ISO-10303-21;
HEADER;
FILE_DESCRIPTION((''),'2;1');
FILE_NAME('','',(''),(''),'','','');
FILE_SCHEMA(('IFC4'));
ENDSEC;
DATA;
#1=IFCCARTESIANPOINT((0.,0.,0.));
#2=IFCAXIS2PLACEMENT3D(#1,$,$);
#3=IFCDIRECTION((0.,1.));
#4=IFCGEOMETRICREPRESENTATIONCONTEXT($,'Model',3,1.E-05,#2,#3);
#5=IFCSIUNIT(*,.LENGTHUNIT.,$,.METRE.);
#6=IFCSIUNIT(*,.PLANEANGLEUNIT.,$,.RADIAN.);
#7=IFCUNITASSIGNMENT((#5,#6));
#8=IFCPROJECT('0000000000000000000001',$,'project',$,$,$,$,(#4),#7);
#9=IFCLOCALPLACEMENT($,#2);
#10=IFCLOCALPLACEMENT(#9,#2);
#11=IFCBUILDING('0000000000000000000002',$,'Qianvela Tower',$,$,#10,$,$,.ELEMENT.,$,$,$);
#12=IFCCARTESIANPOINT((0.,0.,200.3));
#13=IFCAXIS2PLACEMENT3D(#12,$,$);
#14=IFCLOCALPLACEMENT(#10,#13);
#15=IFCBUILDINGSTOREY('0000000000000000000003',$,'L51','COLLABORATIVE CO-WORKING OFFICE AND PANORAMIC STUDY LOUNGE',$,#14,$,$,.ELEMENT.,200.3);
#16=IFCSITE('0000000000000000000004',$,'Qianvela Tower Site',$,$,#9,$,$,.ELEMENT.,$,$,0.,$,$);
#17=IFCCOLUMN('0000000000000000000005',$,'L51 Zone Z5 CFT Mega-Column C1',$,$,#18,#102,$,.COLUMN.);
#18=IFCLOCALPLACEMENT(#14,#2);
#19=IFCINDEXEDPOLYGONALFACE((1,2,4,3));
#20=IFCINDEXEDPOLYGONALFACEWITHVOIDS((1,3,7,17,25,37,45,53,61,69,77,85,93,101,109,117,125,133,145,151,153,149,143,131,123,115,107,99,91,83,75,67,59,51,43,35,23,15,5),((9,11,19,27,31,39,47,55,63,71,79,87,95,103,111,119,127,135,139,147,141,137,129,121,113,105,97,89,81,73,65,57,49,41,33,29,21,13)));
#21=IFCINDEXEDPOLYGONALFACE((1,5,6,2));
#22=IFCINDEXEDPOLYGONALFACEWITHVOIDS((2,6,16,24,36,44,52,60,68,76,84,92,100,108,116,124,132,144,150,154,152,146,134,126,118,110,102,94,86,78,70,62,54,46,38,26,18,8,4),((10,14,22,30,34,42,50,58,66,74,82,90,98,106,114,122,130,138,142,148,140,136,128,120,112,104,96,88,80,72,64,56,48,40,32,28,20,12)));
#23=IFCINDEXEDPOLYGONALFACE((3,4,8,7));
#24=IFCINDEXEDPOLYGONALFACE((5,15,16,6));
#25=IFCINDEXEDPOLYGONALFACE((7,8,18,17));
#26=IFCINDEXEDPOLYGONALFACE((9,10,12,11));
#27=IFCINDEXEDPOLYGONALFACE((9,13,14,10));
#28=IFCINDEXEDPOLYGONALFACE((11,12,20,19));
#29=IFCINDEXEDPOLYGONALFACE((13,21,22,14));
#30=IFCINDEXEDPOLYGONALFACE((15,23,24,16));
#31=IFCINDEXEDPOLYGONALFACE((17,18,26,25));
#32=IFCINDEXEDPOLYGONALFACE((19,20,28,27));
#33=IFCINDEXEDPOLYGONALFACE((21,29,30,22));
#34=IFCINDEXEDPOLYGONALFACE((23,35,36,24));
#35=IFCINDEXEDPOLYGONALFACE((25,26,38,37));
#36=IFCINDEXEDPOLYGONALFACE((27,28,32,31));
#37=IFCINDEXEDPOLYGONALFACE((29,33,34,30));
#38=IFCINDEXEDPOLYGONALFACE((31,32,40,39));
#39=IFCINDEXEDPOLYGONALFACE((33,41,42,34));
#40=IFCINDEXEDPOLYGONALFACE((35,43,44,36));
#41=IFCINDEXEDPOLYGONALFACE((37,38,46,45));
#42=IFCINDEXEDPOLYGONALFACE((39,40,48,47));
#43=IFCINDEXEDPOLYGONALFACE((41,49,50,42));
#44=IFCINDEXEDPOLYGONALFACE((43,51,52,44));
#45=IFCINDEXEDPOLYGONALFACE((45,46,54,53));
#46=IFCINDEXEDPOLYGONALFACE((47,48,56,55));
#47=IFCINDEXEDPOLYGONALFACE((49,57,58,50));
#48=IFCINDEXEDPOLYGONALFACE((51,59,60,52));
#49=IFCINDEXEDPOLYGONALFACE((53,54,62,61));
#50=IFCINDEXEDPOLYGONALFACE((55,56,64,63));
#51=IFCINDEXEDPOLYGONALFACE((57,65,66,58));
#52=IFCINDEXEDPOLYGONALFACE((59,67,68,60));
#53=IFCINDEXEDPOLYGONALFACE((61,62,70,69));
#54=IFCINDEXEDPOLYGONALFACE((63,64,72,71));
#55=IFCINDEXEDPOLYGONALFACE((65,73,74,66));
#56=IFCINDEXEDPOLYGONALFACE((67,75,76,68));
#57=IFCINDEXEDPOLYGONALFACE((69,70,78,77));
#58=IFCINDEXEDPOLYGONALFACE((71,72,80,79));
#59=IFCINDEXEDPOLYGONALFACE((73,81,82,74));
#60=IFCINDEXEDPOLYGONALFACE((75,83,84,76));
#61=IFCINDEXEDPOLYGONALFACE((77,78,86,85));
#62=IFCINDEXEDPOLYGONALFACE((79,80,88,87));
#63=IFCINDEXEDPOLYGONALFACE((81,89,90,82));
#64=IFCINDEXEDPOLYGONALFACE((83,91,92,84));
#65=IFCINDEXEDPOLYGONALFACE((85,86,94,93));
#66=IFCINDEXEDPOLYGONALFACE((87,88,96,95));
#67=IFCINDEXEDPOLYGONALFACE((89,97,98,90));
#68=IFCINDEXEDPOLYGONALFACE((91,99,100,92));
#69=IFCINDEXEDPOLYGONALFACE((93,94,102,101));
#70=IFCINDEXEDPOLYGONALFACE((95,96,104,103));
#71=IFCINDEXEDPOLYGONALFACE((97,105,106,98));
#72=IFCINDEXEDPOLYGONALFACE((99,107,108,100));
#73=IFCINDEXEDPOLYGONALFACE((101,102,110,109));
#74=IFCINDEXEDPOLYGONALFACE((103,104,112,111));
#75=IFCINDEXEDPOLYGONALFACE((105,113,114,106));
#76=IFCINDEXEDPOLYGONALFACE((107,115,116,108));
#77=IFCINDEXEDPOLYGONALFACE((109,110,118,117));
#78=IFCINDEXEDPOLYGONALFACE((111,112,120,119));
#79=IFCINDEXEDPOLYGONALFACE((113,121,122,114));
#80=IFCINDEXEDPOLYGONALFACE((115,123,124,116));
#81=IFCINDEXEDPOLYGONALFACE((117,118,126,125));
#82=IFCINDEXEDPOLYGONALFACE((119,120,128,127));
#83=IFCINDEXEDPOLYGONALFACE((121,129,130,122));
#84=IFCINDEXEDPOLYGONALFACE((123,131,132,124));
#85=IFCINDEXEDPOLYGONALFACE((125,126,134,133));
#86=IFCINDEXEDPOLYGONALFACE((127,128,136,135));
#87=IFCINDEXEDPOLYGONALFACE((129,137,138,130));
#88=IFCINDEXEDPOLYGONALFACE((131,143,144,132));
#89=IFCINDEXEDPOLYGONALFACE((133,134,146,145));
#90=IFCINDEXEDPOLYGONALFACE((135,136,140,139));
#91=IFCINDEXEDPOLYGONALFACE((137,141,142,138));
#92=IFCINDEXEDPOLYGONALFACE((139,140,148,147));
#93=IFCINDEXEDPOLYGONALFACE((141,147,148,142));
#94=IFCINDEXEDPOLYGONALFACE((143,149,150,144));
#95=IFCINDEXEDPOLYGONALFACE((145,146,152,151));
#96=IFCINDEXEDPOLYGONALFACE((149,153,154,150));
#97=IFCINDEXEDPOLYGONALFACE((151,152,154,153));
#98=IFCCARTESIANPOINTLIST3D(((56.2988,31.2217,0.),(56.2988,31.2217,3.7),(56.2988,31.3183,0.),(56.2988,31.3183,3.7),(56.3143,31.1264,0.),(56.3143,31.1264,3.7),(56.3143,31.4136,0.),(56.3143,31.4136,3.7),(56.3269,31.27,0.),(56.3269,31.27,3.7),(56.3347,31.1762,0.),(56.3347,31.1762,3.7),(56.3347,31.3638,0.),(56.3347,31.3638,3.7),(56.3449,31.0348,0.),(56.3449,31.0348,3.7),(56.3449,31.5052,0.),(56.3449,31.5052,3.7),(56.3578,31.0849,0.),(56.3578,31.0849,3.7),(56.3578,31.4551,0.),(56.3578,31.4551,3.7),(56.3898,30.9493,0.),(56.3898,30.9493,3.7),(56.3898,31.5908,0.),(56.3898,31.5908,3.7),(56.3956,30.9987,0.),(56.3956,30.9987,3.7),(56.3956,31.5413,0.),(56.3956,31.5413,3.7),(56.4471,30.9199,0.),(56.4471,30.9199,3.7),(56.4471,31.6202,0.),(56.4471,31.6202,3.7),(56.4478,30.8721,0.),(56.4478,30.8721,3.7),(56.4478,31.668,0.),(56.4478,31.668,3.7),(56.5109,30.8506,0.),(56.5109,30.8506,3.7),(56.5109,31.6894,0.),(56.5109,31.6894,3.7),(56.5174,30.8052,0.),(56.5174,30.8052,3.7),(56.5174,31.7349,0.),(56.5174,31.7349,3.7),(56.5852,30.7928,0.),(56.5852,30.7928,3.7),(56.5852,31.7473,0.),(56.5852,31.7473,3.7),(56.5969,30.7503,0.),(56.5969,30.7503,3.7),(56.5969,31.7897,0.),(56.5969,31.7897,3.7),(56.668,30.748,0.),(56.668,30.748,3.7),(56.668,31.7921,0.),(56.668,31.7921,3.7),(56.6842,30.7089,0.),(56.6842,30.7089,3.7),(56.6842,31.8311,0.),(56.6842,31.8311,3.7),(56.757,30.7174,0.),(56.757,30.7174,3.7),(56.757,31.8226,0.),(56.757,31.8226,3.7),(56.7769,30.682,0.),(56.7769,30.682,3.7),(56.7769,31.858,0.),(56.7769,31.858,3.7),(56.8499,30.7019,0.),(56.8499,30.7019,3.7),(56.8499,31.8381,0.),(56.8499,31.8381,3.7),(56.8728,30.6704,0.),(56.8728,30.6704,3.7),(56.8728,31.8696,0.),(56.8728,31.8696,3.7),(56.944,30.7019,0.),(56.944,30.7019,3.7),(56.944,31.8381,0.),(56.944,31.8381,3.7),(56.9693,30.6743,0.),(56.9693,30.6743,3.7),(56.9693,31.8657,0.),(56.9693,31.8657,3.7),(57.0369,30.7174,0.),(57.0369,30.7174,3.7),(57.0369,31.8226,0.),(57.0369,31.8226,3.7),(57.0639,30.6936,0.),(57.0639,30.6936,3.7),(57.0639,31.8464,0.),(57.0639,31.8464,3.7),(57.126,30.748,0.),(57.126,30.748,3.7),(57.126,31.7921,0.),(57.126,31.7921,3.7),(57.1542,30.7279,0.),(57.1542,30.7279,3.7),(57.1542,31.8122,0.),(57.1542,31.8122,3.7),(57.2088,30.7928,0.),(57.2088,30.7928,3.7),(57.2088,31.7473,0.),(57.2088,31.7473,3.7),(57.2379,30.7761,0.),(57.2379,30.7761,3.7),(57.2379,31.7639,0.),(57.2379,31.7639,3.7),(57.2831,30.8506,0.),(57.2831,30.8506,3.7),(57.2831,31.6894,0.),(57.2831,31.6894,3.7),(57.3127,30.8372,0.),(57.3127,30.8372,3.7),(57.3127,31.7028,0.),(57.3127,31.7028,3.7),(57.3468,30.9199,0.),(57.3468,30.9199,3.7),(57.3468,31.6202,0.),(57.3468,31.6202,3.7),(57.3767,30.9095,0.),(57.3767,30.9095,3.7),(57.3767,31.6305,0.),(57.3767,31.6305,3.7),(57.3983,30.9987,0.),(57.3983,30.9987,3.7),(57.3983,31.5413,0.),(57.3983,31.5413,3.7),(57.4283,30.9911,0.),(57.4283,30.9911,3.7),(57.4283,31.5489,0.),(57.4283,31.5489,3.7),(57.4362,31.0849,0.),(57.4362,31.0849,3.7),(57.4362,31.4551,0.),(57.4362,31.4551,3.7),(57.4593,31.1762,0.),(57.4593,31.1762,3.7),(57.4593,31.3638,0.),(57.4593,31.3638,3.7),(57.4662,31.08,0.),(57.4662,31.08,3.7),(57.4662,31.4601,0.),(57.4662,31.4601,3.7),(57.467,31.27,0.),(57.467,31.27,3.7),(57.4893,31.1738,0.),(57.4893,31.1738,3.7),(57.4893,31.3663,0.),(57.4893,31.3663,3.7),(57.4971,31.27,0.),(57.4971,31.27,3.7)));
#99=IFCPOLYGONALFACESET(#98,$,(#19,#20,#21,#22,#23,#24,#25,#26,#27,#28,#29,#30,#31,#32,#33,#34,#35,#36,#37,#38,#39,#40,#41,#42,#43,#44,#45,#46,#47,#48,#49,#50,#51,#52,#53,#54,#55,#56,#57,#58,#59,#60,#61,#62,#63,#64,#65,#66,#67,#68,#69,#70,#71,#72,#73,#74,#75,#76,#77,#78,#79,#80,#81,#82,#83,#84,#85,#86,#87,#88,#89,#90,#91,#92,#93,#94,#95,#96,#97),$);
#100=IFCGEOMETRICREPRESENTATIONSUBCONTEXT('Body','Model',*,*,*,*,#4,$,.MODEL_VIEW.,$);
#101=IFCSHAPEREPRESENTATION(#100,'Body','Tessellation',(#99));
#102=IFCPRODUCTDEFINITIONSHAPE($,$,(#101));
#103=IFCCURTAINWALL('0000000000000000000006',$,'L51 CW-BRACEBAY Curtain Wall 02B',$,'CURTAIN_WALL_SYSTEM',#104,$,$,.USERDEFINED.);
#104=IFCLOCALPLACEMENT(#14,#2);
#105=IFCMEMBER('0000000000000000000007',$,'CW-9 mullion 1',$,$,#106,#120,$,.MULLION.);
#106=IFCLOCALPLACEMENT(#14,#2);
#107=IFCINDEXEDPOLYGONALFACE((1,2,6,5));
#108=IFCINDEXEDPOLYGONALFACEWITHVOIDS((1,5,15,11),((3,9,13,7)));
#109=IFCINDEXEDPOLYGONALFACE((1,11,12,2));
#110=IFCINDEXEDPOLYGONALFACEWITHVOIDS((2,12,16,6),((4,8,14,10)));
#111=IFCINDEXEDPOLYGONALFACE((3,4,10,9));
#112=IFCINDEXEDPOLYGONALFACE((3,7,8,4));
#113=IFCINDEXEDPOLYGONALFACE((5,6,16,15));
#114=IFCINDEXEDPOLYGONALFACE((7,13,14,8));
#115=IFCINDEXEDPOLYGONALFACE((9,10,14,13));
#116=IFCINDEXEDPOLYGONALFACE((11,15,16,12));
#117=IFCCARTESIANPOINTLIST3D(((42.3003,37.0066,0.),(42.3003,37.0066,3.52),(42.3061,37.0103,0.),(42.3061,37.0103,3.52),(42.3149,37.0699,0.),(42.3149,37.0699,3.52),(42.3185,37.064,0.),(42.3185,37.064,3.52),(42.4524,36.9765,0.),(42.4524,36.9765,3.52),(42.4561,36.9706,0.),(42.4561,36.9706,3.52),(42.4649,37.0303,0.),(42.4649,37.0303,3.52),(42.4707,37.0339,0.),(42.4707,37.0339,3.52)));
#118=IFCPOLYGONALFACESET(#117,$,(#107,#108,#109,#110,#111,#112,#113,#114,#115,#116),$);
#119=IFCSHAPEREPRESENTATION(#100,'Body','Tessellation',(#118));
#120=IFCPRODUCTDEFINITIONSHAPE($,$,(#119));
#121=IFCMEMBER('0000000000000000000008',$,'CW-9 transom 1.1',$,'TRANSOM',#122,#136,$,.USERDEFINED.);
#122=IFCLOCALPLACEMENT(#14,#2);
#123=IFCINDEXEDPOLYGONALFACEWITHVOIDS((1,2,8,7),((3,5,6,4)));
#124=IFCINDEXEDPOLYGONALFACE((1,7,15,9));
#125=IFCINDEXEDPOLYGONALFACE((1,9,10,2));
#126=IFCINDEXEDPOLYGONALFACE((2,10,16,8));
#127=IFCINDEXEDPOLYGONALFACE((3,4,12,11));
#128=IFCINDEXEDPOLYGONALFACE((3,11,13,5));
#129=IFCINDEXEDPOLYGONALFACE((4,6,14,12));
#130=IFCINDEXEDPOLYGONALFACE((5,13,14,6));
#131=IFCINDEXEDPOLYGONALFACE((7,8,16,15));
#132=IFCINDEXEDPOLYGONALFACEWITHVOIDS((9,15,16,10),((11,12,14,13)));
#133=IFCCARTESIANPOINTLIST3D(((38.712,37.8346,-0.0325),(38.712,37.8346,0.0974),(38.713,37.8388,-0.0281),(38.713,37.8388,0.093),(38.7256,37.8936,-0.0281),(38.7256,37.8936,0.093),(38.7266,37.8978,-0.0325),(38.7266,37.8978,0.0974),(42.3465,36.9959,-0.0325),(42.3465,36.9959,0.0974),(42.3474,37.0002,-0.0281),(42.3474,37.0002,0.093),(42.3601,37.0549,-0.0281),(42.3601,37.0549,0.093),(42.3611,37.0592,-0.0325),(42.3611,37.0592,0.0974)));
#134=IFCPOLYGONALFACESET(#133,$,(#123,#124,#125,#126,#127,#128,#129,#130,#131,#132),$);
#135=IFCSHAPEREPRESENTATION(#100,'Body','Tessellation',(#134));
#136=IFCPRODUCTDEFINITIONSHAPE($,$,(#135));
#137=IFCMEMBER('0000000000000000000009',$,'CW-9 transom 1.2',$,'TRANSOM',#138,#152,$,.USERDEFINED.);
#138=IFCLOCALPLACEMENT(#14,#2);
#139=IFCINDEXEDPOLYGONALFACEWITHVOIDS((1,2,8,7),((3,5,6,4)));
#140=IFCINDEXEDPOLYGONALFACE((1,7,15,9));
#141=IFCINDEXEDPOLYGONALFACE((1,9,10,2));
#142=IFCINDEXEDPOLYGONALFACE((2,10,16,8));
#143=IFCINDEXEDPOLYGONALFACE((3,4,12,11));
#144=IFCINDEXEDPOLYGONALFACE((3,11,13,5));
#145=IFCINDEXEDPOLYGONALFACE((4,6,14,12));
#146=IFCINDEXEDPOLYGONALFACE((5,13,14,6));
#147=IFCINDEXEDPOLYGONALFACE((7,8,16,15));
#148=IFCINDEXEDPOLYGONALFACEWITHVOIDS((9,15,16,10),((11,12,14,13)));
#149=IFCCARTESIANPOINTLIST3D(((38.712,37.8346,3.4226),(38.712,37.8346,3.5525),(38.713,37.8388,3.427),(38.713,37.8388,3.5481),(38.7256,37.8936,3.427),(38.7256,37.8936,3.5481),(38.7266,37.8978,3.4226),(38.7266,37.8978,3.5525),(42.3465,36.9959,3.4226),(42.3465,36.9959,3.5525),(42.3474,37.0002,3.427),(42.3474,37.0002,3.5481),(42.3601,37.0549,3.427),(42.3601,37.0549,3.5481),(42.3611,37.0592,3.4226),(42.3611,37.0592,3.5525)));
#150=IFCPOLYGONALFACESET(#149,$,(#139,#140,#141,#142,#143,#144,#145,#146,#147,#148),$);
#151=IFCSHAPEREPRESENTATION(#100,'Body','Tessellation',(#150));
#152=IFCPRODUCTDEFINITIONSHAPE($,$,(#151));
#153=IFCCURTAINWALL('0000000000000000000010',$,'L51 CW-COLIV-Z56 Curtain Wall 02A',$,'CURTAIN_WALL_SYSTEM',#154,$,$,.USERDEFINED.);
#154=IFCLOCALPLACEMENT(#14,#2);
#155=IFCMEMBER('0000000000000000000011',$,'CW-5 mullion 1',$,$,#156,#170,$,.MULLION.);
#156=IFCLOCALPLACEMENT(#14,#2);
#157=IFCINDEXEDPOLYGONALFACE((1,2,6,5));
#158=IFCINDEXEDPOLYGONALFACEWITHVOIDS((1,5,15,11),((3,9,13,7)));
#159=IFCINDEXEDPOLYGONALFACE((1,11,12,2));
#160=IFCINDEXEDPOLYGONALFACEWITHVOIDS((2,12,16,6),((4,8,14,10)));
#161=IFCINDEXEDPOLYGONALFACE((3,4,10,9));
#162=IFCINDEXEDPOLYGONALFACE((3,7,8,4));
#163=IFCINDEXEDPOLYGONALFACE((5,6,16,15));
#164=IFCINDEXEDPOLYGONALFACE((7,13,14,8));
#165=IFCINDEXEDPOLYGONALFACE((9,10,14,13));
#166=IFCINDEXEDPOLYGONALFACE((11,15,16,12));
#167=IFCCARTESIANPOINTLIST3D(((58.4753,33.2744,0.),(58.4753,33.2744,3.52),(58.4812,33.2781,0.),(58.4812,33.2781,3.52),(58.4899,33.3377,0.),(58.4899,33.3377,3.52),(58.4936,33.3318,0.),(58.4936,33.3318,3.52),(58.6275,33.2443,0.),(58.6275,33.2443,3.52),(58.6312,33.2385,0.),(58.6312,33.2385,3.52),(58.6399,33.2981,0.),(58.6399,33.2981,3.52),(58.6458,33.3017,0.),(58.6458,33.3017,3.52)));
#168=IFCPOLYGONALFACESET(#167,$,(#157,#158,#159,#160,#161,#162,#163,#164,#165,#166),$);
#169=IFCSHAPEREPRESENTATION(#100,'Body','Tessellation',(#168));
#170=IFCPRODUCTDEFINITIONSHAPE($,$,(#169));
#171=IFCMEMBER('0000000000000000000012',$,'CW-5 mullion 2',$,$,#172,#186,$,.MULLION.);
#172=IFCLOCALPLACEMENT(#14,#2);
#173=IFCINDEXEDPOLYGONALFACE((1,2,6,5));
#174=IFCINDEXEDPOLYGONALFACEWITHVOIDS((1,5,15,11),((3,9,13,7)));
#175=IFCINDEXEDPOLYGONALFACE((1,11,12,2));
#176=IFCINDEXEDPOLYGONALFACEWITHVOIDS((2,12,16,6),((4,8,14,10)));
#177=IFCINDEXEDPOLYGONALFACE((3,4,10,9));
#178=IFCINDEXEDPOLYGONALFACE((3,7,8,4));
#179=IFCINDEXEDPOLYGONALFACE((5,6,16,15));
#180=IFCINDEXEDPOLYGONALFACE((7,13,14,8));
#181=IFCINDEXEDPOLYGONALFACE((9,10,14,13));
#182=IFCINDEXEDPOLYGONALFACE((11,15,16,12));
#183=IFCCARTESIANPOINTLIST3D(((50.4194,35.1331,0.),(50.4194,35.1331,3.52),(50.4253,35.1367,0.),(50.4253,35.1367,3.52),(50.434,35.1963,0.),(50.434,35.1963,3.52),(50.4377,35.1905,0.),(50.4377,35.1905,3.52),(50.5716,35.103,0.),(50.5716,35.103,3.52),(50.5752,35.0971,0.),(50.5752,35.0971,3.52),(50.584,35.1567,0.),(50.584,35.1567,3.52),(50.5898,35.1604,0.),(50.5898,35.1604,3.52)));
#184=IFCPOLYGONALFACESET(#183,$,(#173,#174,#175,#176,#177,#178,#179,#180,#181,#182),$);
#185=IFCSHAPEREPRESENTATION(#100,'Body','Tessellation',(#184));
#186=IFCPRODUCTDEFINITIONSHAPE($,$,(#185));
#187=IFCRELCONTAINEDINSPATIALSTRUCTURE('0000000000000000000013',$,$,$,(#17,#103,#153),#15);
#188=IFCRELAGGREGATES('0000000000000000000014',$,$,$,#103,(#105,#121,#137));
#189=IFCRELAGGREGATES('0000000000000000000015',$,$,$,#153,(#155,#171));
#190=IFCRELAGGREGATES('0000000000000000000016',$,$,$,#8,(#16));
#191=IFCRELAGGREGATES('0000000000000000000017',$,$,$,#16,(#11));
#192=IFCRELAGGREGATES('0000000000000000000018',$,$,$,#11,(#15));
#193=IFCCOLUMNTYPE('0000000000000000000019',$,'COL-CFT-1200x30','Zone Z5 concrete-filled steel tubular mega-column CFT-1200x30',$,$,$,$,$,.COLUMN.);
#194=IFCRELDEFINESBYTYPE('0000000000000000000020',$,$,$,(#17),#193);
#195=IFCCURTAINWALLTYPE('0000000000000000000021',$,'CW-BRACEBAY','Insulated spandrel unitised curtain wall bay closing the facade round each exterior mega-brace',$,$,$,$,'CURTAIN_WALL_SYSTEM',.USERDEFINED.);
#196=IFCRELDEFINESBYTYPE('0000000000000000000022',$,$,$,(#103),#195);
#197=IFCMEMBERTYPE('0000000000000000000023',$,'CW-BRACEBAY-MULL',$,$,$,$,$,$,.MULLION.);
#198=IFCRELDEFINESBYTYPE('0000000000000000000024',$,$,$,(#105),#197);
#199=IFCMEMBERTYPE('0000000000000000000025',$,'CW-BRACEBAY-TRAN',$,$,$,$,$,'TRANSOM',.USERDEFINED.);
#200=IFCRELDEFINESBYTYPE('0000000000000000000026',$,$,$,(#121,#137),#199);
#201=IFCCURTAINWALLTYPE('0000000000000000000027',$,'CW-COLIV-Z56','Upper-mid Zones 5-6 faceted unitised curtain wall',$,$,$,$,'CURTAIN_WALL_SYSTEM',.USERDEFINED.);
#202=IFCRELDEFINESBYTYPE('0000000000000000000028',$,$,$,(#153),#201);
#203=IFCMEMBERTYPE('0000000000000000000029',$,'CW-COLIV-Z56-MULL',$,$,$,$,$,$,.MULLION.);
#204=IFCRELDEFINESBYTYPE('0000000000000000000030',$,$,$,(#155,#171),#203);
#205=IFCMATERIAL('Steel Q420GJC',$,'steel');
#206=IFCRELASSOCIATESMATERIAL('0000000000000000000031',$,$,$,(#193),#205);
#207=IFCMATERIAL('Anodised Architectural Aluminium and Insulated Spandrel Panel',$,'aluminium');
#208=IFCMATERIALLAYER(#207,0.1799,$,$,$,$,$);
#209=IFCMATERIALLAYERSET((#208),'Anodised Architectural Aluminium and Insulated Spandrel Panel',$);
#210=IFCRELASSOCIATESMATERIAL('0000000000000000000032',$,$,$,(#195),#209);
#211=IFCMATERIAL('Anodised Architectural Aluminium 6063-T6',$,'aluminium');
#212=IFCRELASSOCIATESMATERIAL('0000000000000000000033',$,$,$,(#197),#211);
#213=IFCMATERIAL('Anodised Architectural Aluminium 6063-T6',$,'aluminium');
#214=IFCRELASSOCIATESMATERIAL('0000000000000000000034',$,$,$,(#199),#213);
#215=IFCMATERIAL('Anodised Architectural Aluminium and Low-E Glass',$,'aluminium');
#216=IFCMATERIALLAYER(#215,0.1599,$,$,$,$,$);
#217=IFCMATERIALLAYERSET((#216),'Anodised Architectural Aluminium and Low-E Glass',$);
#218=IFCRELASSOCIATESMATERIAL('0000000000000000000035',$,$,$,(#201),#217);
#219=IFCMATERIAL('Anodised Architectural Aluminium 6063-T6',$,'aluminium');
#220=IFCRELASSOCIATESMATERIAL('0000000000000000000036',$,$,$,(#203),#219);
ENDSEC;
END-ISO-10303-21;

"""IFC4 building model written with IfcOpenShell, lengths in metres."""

from ifc_helpers import new_model, si_unit, direction, frame, origin, origin_2d, place, context, subcontext, project, spatial, hollow_rectangle, hollow_circle, extrude, material, layer, layer_set, material_profile, profile_set, type_object, element, aggregate, save


model = new_model("IFC4")

# Units and contexts
model_context = context("Model", 3, precision=1e-05, world=origin(), true_north=direction((0.0, 1.0)))
body_context = subcontext(model_context, "Body", "Model", "MODEL_VIEW")
ifc_project = project(units=[si_unit("LENGTHUNIT", "METRE"), si_unit("PLANEANGLEUNIT", "RADIAN")], contexts=[model_context])

# Site, building, storey
site_placement = place(None, origin())
site = spatial("IfcSite", under=ifc_project, at=site_placement, Name="Qianvela Tower Site", CompositionType="ELEMENT", RefElevation=0.0)
building_placement = place(site_placement, origin())
building = spatial("IfcBuilding", under=site, at=building_placement, Name="Qianvela Tower", CompositionType="ELEMENT")
storey_placement = place(building_placement, frame((0.0, 0.0, 200.3)))
storey = spatial("IfcBuildingStorey", under=building, at=storey_placement, Name="L51", Description="COLLABORATIVE CO-WORKING OFFICE AND PANORAMIC STUDY LOUNGE", CompositionType="ELEMENT", Elevation=200.3)

# Column
ifc_material_1 = material(Name="Steel Q420GJC", Category="steel")
ifc_material_profile_1 = material_profile(ifc_material_1, hollow_circle(Radius=0.6001, WallThickness=0.03, at=origin_2d()), Name="CFT-1200x30")
ifc_profile_set_1 = profile_set([ifc_material_profile_1], Name="Steel Q420GJC")
column_type = type_object("IfcColumnType", Name="COL-CFT-1200x30", Description="Zone Z5 concrete-filled steel tubular mega-column CFT-1200x30", PredefinedType="COLUMN", material=ifc_profile_set_1)
column_placement = place(storey_placement, frame((56.897, 31.27, 0.0), z_axis=(0.0, 0.0, 1.0), x_axis=(1.0, 0.0, 0.0)))
element("IfcColumn", 1, at=column_placement, inside=storey, type_object=column_type, Name="L51 Zone Z5 CFT Mega-Column C1", PredefinedType="COLUMN", context=body_context, shape_type="SweptSolid", body=[
    extrude(hollow_circle(Radius=0.6001, WallThickness=0.03, at=origin_2d()), origin(), (0.0, 0.0, 1.0), 3.7),
])

# Curtain walls, members
ifc_material_2 = material(Name="Anodised Architectural Aluminium and Insulated Spandrel Panel", Category="aluminium")
ifc_layer_1 = layer(ifc_material_2, 0.1799)
ifc_layer_set_1 = layer_set([ifc_layer_1], Name="Anodised Architectural Aluminium and Insulated Spandrel Panel")
curtain_wall_type_1 = type_object("IfcCurtainWallType", Name="CW-BRACEBAY", Description="Insulated spandrel unitised curtain wall bay closing the facade round each exterior mega-brace", ElementType="CURTAIN_WALL_SYSTEM", PredefinedType="USERDEFINED", material=ifc_layer_set_1)
curtain_wall_1_placement = place(storey_placement, origin())
curtain_wall_1 = element("IfcCurtainWall", 2, at=curtain_wall_1_placement, inside=storey, type_object=curtain_wall_type_1, Name="L51 CW-BRACEBAY Curtain Wall 02B", ObjectType="CURTAIN_WALL_SYSTEM", PredefinedType="USERDEFINED")
ifc_material_3 = material(Name="Anodised Architectural Aluminium 6063-T6", Category="aluminium")
ifc_material_profile_2 = material_profile(ifc_material_3, hollow_rectangle(XDim=0.0649, YDim=0.1599, WallThickness=0.0049, at=origin_2d()), Name="ALU-MULL-65x160")
ifc_profile_set_2 = profile_set([ifc_material_profile_2], Name="Anodised Architectural Aluminium 6063-T6")
member_type_1 = type_object("IfcMemberType", Name="CW-BRACEBAY-MULL", PredefinedType="MULLION", material=ifc_profile_set_2)
member_1_placement = place(storey_placement, frame((42.3855, 37.0203, 0.0), z_axis=(0.0, 0.0, 1.0), x_axis=(-0.224842, -0.974395, 0.0)))
member_1 = element("IfcMember", 3, at=member_1_placement, type_object=member_type_1, Name="CW-9 mullion 1", PredefinedType="MULLION", context=body_context, shape_type="SweptSolid", body=[
    extrude(hollow_rectangle(XDim=0.0649, YDim=0.1599, WallThickness=0.0049, at=origin_2d()), origin(), (0.0, 0.0, 1.0), 3.52),
])
ifc_material_4 = material(Name="Anodised Architectural Aluminium 6063-T6", Category="aluminium")
ifc_material_profile_3 = material_profile(ifc_material_4, hollow_rectangle(XDim=0.0649, YDim=0.1299, WallThickness=0.0044, at=origin_2d()), Name="ALU-TRAN-65x130")
ifc_profile_set_3 = profile_set([ifc_material_profile_3], Name="Anodised Architectural Aluminium 6063-T6")
member_type_2 = type_object("IfcMemberType", Name="CW-BRACEBAY-TRAN", ElementType="TRANSOM", PredefinedType="USERDEFINED", material=ifc_profile_set_3)
member_2_placement = place(storey_placement, frame((42.3538, 37.0276, 0.0325), z_axis=(-0.974398, 0.224831, 0.0), x_axis=(-0.224831, -0.974398, 0.0)))
member_2 = element("IfcMember", 4, at=member_2_placement, type_object=member_type_2, Name="CW-9 transom 1.1", ObjectType="TRANSOM", PredefinedType="USERDEFINED", context=body_context, shape_type="SweptSolid", body=[
    extrude(hollow_rectangle(XDim=0.0649, YDim=0.1299, WallThickness=0.0044, at=origin_2d()), origin(), (0.0, 0.0, 1.0), 3.73),
])
member_3_placement = place(storey_placement, frame((42.3538, 37.0276, 3.4875), z_axis=(-0.974398, 0.224831, 0.0), x_axis=(-0.224831, -0.974398, 0.0)))
member_3 = element("IfcMember", 5, at=member_3_placement, type_object=member_type_2, Name="CW-9 transom 1.2", ObjectType="TRANSOM", PredefinedType="USERDEFINED", context=body_context, shape_type="SweptSolid", body=[
    extrude(hollow_rectangle(XDim=0.0649, YDim=0.1299, WallThickness=0.0044, at=origin_2d()), origin(), (0.0, 0.0, 1.0), 3.73),
])
ifc_material_5 = material(Name="Anodised Architectural Aluminium and Low-E Glass", Category="aluminium")
ifc_layer_2 = layer(ifc_material_5, 0.1599)
ifc_layer_set_2 = layer_set([ifc_layer_2], Name="Anodised Architectural Aluminium and Low-E Glass")
curtain_wall_type_2 = type_object("IfcCurtainWallType", Name="CW-COLIV-Z56", Description="Upper-mid Zones 5-6 faceted unitised curtain wall", ElementType="CURTAIN_WALL_SYSTEM", PredefinedType="USERDEFINED", material=ifc_layer_set_2)
curtain_wall_2_placement = place(storey_placement, origin())
curtain_wall_2 = element("IfcCurtainWall", 6, at=curtain_wall_2_placement, inside=storey, type_object=curtain_wall_type_2, Name="L51 CW-COLIV-Z56 Curtain Wall 02A", ObjectType="CURTAIN_WALL_SYSTEM", PredefinedType="USERDEFINED")
ifc_material_6 = material(Name="Anodised Architectural Aluminium 6063-T6", Category="aluminium")
ifc_material_profile_4 = material_profile(ifc_material_6, hollow_rectangle(XDim=0.0649, YDim=0.1599, WallThickness=0.0049, at=origin_2d()), Name="ALU-MULL-65x160")
ifc_profile_set_4 = profile_set([ifc_material_profile_4], Name="Anodised Architectural Aluminium 6063-T6")
member_type_3 = type_object("IfcMemberType", Name="CW-COLIV-Z56-MULL", PredefinedType="MULLION", material=ifc_profile_set_4)
member_4_placement = place(storey_placement, frame((58.5605, 33.2881, 0.0), z_axis=(0.0, 0.0, 1.0), x_axis=(-0.224831, -0.974398, 0.0)))
member_4 = element("IfcMember", 7, at=member_4_placement, type_object=member_type_3, Name="CW-5 mullion 1", PredefinedType="MULLION", context=body_context, shape_type="SweptSolid", body=[
    extrude(hollow_rectangle(XDim=0.0649, YDim=0.1599, WallThickness=0.0049, at=origin_2d()), origin(), (0.0, 0.0, 1.0), 3.52),
])
member_5_placement = place(storey_placement, frame((50.5046, 35.1467, 0.0), z_axis=(0.0, 0.0, 1.0), x_axis=(-0.224831, -0.974398, 0.0)))
member_5 = element("IfcMember", 8, at=member_5_placement, type_object=member_type_3, Name="CW-5 mullion 2", PredefinedType="MULLION", context=body_context, shape_type="SweptSolid", body=[
    extrude(hollow_rectangle(XDim=0.0649, YDim=0.1599, WallThickness=0.0049, at=origin_2d()), origin(), (0.0, 0.0, 1.0), 3.52),
])

aggregate(curtain_wall_1, [member_1, member_2, member_3])
aggregate(curtain_wall_2, [member_4, member_5])

save(model, "model.ifc")
